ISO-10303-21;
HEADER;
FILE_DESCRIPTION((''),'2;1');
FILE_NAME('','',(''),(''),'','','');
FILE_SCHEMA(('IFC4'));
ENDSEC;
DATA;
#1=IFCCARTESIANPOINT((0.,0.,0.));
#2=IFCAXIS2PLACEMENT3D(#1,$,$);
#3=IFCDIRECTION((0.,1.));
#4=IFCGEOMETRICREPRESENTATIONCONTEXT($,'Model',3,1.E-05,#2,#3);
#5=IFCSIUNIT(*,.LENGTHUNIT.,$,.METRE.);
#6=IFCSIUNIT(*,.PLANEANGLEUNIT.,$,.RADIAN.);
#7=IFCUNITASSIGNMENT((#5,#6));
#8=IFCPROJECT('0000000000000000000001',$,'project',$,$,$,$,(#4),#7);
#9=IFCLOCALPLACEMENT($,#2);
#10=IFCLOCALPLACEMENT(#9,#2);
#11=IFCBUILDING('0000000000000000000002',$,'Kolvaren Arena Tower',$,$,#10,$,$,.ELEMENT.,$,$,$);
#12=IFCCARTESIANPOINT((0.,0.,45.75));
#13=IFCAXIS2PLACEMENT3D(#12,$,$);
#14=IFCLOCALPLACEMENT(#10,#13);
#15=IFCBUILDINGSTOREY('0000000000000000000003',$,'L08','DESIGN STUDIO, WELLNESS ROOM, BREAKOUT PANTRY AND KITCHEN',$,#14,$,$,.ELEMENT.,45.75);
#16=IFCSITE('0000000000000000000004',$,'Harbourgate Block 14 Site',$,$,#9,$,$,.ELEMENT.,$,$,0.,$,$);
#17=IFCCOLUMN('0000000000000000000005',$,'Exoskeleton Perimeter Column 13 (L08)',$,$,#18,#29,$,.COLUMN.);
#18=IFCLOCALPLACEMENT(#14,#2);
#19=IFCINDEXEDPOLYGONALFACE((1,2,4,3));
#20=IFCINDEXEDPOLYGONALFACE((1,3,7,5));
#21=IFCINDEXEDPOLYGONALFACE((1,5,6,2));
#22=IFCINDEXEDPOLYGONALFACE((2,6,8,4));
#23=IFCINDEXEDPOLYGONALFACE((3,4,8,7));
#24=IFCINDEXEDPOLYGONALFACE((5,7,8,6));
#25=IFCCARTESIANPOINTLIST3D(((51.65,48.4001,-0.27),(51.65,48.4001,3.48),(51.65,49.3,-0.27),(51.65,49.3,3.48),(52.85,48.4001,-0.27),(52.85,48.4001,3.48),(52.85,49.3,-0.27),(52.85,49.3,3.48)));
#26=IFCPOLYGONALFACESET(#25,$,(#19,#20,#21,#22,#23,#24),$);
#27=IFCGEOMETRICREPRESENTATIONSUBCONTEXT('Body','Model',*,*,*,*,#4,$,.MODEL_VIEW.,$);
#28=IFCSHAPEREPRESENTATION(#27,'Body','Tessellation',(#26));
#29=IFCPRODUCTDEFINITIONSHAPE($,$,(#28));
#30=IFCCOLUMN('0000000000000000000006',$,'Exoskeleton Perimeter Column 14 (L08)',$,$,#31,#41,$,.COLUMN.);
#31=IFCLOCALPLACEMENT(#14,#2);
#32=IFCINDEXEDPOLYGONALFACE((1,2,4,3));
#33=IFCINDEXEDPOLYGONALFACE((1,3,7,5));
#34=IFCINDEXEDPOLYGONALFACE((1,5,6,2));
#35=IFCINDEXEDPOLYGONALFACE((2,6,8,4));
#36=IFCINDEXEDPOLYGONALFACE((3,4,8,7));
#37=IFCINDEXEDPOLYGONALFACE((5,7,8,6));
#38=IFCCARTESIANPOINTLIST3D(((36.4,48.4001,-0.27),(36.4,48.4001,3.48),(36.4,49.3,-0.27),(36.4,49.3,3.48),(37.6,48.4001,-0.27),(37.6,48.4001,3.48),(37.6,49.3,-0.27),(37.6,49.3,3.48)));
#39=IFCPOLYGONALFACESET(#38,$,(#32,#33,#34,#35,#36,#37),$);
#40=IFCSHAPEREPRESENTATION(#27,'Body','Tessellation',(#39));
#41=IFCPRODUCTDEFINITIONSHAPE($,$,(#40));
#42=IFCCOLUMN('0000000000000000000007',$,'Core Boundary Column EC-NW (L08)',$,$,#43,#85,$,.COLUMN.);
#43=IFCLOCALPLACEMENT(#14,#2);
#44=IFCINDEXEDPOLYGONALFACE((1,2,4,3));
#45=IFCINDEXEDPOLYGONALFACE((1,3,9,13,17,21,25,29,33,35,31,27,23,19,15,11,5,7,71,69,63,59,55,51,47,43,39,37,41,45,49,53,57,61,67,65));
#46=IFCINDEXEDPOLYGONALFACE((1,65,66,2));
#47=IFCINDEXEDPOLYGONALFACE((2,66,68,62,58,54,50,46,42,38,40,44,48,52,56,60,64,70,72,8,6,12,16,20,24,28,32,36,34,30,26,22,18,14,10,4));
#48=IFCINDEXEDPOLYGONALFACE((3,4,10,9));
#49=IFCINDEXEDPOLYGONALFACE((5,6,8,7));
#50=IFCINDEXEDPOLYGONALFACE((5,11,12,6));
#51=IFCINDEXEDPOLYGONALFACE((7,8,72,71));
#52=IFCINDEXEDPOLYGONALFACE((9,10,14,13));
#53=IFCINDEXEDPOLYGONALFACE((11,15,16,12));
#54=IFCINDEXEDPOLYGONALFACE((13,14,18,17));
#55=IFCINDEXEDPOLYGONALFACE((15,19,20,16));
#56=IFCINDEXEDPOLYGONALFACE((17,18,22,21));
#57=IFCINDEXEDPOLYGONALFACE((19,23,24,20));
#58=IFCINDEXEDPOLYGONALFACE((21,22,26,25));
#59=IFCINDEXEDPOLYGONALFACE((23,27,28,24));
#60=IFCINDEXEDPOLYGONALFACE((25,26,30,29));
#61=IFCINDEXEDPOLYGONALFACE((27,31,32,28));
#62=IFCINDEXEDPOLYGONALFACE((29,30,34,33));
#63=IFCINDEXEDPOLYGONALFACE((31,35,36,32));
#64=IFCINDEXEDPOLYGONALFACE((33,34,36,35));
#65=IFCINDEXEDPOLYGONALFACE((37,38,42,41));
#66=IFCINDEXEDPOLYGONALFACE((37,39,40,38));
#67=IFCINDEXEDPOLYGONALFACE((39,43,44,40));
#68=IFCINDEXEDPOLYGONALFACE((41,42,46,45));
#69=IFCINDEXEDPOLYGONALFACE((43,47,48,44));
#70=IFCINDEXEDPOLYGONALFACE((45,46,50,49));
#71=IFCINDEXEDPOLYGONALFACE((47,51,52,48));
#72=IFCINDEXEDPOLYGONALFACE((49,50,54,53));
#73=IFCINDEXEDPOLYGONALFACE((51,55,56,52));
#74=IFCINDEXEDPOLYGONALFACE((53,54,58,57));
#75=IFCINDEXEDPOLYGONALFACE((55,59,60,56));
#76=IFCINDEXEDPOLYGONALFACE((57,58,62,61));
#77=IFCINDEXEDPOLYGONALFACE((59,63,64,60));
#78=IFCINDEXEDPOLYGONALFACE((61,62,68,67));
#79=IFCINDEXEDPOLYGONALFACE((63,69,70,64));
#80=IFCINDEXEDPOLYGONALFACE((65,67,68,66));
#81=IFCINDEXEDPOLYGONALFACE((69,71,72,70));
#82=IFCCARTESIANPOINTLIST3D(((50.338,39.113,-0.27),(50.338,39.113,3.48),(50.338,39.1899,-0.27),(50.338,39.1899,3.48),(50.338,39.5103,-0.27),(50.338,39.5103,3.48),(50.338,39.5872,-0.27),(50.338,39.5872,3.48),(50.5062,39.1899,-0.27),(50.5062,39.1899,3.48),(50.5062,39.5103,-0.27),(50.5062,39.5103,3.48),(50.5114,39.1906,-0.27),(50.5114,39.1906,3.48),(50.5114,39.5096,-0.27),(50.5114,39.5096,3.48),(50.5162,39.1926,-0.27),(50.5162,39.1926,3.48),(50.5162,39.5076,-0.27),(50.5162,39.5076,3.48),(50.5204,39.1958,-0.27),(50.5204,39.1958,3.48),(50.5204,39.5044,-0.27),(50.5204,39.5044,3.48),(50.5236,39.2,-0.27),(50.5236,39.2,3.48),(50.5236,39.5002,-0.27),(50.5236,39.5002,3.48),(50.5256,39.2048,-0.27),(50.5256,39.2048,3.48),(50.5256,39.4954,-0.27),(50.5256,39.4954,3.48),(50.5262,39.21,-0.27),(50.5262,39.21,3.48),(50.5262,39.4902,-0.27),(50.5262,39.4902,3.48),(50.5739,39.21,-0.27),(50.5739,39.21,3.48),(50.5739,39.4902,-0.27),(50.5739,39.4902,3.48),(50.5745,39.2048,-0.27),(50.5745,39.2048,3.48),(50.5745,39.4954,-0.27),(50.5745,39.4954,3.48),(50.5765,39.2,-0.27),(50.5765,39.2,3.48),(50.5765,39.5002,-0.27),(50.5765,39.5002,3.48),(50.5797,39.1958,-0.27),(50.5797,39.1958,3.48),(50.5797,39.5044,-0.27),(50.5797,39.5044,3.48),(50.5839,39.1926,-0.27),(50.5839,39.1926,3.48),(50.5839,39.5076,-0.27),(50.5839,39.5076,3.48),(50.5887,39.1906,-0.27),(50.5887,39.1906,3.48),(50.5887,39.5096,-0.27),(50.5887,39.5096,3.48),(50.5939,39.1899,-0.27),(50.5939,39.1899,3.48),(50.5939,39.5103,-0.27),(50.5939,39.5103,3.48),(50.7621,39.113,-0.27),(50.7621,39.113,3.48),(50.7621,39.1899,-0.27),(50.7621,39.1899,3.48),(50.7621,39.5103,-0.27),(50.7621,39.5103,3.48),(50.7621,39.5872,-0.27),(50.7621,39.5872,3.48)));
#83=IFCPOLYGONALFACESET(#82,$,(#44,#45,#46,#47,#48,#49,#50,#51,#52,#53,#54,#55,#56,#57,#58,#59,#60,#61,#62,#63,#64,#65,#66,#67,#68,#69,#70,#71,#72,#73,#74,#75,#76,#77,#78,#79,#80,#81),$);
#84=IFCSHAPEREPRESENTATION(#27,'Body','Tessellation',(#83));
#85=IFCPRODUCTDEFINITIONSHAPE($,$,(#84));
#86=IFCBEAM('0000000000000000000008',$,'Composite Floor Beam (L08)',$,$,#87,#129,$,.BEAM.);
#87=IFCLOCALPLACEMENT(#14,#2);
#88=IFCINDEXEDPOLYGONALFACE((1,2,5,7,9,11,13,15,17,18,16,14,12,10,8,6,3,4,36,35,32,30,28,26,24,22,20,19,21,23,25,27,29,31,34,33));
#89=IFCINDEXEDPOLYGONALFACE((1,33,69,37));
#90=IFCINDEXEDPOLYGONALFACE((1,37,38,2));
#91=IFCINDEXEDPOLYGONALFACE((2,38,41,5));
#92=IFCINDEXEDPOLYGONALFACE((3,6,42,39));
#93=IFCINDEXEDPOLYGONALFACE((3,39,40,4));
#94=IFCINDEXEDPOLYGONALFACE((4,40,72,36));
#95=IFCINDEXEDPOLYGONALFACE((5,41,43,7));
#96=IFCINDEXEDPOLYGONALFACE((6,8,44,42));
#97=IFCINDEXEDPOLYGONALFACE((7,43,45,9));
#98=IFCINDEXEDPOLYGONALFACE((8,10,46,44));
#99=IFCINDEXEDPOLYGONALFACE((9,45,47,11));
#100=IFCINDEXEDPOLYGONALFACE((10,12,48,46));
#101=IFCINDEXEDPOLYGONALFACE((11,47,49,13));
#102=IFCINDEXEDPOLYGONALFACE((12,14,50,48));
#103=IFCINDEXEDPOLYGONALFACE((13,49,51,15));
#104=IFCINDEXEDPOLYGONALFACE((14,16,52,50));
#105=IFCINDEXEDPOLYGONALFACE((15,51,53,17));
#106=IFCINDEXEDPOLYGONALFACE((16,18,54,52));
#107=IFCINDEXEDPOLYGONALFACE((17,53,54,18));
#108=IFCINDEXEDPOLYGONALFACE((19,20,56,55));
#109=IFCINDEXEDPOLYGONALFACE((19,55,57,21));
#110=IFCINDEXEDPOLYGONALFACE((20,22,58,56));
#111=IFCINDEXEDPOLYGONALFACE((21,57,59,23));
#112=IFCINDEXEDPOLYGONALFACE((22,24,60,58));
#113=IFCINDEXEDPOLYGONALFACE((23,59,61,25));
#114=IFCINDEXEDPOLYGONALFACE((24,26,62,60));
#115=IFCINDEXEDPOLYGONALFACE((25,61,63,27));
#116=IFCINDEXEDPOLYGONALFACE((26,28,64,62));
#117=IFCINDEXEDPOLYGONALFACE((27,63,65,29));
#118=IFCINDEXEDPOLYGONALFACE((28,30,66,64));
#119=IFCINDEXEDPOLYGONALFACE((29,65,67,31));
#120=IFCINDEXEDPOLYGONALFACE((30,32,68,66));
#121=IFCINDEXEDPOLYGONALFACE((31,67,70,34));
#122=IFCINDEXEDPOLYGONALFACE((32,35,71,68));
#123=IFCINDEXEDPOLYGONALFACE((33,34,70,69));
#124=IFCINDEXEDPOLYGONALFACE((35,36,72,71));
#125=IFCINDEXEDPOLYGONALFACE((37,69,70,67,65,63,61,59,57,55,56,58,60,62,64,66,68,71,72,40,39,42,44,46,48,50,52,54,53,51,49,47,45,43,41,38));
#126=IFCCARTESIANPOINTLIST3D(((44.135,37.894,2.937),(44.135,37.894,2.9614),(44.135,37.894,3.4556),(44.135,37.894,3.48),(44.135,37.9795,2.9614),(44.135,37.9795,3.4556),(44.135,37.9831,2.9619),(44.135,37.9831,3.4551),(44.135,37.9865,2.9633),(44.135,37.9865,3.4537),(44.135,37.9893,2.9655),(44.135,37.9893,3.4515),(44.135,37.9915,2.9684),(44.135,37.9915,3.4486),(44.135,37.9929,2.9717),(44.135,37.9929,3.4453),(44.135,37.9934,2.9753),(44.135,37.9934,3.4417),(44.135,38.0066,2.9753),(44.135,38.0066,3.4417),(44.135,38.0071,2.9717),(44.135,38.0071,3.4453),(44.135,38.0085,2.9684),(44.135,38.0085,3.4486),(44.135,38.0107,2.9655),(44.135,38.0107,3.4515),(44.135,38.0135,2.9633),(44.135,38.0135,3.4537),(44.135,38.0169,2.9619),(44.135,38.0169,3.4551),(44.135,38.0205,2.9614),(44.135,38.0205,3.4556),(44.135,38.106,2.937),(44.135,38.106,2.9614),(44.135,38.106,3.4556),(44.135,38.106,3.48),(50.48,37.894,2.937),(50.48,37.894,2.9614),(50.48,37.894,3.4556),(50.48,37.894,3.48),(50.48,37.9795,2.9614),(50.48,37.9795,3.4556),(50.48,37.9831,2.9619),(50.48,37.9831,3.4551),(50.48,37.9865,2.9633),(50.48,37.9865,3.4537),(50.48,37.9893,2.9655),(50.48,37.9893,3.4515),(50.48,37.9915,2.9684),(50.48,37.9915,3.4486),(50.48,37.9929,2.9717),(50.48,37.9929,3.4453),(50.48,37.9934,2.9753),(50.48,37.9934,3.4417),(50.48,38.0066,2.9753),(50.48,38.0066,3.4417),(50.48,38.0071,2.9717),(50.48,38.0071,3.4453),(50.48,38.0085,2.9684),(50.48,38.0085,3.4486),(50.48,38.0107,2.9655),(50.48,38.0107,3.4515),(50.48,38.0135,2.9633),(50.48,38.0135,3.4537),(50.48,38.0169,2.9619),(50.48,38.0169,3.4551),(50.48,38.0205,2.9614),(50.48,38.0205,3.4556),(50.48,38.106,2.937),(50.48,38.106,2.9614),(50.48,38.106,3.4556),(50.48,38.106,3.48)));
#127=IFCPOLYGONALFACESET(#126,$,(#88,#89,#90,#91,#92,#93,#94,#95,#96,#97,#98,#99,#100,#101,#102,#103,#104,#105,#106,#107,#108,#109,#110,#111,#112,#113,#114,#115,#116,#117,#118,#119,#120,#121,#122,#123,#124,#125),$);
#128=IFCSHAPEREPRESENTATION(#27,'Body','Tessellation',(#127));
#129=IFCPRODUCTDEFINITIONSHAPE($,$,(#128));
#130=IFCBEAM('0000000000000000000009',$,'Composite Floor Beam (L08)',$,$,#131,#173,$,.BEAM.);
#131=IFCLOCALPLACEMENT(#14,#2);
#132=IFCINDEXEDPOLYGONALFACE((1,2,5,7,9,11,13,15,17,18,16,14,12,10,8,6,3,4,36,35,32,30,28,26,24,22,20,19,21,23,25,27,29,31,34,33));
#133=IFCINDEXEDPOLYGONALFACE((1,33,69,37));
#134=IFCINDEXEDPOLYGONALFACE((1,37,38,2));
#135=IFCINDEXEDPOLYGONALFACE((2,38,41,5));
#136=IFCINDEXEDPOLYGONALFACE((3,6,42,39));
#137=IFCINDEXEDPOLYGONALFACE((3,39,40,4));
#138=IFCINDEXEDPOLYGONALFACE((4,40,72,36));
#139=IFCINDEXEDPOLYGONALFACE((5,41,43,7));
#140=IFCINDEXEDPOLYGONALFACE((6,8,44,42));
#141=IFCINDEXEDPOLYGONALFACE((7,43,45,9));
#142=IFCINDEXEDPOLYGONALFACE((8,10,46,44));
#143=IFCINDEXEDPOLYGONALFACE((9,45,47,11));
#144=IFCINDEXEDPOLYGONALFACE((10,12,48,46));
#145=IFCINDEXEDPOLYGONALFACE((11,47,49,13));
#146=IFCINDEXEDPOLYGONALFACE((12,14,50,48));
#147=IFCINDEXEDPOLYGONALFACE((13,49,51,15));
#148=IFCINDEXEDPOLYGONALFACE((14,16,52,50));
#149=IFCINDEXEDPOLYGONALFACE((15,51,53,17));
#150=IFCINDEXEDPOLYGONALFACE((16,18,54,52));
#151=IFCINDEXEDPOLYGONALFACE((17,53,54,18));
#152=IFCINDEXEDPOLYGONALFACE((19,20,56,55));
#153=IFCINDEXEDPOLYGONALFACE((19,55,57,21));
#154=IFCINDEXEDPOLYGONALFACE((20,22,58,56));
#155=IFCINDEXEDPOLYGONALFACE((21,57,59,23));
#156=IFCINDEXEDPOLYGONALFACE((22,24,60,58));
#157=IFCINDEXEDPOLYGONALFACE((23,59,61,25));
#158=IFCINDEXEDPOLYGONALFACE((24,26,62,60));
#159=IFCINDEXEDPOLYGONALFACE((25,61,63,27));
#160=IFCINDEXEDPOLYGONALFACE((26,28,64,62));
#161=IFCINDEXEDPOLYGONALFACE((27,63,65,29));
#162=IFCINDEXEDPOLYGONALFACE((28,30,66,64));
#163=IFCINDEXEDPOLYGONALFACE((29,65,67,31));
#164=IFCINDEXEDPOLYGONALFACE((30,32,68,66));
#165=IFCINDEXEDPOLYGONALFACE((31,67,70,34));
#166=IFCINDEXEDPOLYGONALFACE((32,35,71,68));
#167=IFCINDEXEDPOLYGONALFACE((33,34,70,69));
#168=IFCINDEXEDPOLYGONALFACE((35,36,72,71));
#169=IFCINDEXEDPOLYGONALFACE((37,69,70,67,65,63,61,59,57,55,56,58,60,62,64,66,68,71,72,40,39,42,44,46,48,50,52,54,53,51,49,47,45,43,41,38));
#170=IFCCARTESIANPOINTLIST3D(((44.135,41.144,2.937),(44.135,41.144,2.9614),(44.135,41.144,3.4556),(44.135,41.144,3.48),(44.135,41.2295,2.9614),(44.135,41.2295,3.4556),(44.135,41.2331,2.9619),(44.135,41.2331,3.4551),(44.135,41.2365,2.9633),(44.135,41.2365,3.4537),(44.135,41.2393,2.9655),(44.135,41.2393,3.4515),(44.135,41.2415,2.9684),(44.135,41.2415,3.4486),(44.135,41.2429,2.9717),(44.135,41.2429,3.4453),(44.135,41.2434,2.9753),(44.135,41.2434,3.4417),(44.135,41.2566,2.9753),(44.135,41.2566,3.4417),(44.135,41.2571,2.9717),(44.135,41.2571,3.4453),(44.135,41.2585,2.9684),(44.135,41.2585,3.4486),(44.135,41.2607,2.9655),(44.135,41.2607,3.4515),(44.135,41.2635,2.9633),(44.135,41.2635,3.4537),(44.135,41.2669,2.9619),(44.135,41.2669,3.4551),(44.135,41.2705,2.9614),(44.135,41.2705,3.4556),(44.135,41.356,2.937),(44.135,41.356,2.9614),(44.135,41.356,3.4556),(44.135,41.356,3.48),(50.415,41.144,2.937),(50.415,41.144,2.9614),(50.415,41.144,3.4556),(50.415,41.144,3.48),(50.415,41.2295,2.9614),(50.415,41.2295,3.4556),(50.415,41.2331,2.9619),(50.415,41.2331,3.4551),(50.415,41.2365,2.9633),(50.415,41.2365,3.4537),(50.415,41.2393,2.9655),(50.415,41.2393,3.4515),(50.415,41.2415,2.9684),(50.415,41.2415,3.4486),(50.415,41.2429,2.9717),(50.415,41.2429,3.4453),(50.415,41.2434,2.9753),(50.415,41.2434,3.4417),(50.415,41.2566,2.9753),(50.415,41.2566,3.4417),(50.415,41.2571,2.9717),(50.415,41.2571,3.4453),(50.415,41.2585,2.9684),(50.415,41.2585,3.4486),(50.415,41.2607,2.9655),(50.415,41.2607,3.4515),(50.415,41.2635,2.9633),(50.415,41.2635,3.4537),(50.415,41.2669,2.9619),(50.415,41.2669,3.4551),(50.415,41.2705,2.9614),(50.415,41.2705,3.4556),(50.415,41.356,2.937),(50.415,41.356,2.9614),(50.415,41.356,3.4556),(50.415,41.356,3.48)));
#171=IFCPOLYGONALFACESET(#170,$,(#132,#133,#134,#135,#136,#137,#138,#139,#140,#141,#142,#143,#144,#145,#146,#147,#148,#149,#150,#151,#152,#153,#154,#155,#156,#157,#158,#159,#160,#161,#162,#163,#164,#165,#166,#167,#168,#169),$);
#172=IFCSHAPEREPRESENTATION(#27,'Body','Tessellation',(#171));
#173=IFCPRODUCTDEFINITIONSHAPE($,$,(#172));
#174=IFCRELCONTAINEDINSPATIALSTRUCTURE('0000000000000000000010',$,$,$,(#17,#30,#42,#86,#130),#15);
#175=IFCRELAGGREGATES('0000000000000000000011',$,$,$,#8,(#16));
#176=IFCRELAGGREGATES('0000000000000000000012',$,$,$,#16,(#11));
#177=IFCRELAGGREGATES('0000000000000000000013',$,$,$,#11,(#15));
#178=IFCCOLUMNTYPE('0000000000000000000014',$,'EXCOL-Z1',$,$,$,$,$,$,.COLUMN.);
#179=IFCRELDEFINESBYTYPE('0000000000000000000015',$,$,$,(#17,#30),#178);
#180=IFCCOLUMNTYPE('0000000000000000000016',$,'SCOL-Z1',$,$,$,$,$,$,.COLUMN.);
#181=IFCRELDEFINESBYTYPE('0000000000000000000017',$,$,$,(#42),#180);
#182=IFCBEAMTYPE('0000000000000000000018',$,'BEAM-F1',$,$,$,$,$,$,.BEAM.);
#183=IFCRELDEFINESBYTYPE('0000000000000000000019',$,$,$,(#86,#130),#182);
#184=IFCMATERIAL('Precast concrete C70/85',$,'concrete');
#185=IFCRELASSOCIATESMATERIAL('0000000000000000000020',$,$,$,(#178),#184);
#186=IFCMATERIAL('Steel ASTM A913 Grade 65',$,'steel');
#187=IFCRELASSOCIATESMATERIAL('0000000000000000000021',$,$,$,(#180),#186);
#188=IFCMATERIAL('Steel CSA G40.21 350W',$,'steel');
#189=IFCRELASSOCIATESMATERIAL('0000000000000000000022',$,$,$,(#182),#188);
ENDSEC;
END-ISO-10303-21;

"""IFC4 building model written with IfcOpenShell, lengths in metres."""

from ifc_helpers import new_model, si_unit, direction, frame, origin, origin_2d, place, context, subcontext, project, spatial, rectangle, i_section, extrude, material, material_profile, profile_set, type_object, element, save


model = new_model("IFC4")

# Units and contexts
model_context = context("Model", 3, precision=1e-05, world=origin(), true_north=direction((0.0, 1.0)))
body_context = subcontext(model_context, "Body", "Model", "MODEL_VIEW")
ifc_project = project(units=[si_unit("LENGTHUNIT", "METRE"), si_unit("PLANEANGLEUNIT", "RADIAN")], contexts=[model_context])

# Site, building, storey
site_placement = place(None, origin())
site = spatial("IfcSite", under=ifc_project, at=site_placement, Name="Harbourgate Block 14 Site", CompositionType="ELEMENT", RefElevation=0.0)
building_placement = place(site_placement, origin())
building = spatial("IfcBuilding", under=site, at=building_placement, Name="Kolvaren Arena Tower", CompositionType="ELEMENT")
storey_placement = place(building_placement, frame((0.0, 0.0, 45.75)))
storey = spatial("IfcBuildingStorey", under=building, at=storey_placement, Name="L08", Description="DESIGN STUDIO, WELLNESS ROOM, BREAKOUT PANTRY AND KITCHEN", CompositionType="ELEMENT", Elevation=45.75)

# Columns
ifc_material_1 = material(Name="Precast concrete C70/85", Category="concrete")
ifc_material_profile_1 = material_profile(ifc_material_1, rectangle(XDim=1.2, YDim=0.8999, at=origin_2d()), Name="RC-1200x900")
ifc_profile_set_1 = profile_set([ifc_material_profile_1], Name="Precast concrete C70/85")
column_type_1 = type_object("IfcColumnType", Name="EXCOL-Z1", PredefinedType="COLUMN", material=ifc_profile_set_1)
for number, where, z_axis, x_axis, name in (
    (1, (52.25, 48.8501, -0.27), (0.0, 0.0, 1.0), (1.0, 0.0, 0.0), "Exoskeleton Perimeter Column 13 (L08)"),
    (2, (37.0, 48.8501, -0.27), (0.0, 0.0, 1.0), (1.0, 0.0, 0.0), "Exoskeleton Perimeter Column 14 (L08)"),
):
    element("IfcColumn", number, at=place(storey_placement, frame(where, z_axis=z_axis, x_axis=x_axis)), inside=storey, type_object=column_type_1, Name=name, PredefinedType="COLUMN", context=body_context, shape_type="SweptSolid", body=[
        extrude(rectangle(XDim=1.2, YDim=0.8999, at=origin_2d()), origin(), (0.0, 0.0, 1.0), 3.75),
    ])
ifc_material_2 = material(Name="Steel ASTM A913 Grade 65", Category="steel")
ifc_material_profile_2 = material_profile(ifc_material_2, i_section(OverallWidth=0.4241, OverallDepth=0.4741, WebThickness=0.0476, FlangeThickness=0.0769, FilletRadius=0.02, at=origin_2d()), Name="W360x634")
ifc_profile_set_2 = profile_set([ifc_material_profile_2], Name="Steel ASTM A913 Grade 65")
column_type_2 = type_object("IfcColumnType", Name="SCOL-Z1", PredefinedType="COLUMN", material=ifc_profile_set_2)
column_placement = place(storey_placement, frame((50.55, 39.3501, -0.27), z_axis=(0.0, 0.0, 1.0), x_axis=(1.0, 0.0, 0.0)))
element("IfcColumn", 3, at=column_placement, inside=storey, type_object=column_type_2, Name="Core Boundary Column EC-NW (L08)", PredefinedType="COLUMN", context=body_context, shape_type="SweptSolid", body=[
    extrude(i_section(OverallWidth=0.4241, OverallDepth=0.4741, WebThickness=0.0476, FlangeThickness=0.0769, FilletRadius=0.02, at=origin_2d()), origin(), (0.0, 0.0, 1.0), 3.75),
])

# Beams
ifc_material_3 = material(Name="Steel CSA G40.21 350W", Category="steel")
ifc_material_profile_3 = material_profile(ifc_material_3, i_section(OverallWidth=0.2119, OverallDepth=0.543, WebThickness=0.0132, FlangeThickness=0.0244, FilletRadius=0.0139, at=origin_2d()), Name="W530x150")
ifc_profile_set_3 = profile_set([ifc_material_profile_3], Name="Steel CSA G40.21 350W")
beam_type_1 = type_object("IfcBeamType", Name="BEAM-F1", PredefinedType="BEAM", material=ifc_profile_set_3)
beam_1_placement = place(storey_placement, frame((44.135, 38.0, 3.2085), z_axis=(1.0, 0.0, 0.0), x_axis=(0.0, 1.0, 0.0)))
element("IfcBeam", 4, at=beam_1_placement, inside=storey, type_object=beam_type_1, Name="Composite Floor Beam (L08)", PredefinedType="BEAM", context=body_context, shape_type="SweptSolid", body=[
    extrude(i_section(OverallWidth=0.2119, OverallDepth=0.543, WebThickness=0.0132, FlangeThickness=0.0244, FilletRadius=0.0139, at=origin_2d()), origin(), (0.0, 0.0, 1.0), 6.345),
])
beam_2_placement = place(storey_placement, frame((44.135, 41.25, 3.2085), z_axis=(1.0, 0.0, 0.0), x_axis=(0.0, 1.0, 0.0)))
element("IfcBeam", 5, at=beam_2_placement, inside=storey, type_object=beam_type_1, Name="Composite Floor Beam (L08)", PredefinedType="BEAM", context=body_context, shape_type="SweptSolid", body=[
    extrude(i_section(OverallWidth=0.2119, OverallDepth=0.543, WebThickness=0.0132, FlangeThickness=0.0244, FilletRadius=0.0139, at=origin_2d()), origin(), (0.0, 0.0, 1.0), 6.28),
])

save(model, "model.ifc")
